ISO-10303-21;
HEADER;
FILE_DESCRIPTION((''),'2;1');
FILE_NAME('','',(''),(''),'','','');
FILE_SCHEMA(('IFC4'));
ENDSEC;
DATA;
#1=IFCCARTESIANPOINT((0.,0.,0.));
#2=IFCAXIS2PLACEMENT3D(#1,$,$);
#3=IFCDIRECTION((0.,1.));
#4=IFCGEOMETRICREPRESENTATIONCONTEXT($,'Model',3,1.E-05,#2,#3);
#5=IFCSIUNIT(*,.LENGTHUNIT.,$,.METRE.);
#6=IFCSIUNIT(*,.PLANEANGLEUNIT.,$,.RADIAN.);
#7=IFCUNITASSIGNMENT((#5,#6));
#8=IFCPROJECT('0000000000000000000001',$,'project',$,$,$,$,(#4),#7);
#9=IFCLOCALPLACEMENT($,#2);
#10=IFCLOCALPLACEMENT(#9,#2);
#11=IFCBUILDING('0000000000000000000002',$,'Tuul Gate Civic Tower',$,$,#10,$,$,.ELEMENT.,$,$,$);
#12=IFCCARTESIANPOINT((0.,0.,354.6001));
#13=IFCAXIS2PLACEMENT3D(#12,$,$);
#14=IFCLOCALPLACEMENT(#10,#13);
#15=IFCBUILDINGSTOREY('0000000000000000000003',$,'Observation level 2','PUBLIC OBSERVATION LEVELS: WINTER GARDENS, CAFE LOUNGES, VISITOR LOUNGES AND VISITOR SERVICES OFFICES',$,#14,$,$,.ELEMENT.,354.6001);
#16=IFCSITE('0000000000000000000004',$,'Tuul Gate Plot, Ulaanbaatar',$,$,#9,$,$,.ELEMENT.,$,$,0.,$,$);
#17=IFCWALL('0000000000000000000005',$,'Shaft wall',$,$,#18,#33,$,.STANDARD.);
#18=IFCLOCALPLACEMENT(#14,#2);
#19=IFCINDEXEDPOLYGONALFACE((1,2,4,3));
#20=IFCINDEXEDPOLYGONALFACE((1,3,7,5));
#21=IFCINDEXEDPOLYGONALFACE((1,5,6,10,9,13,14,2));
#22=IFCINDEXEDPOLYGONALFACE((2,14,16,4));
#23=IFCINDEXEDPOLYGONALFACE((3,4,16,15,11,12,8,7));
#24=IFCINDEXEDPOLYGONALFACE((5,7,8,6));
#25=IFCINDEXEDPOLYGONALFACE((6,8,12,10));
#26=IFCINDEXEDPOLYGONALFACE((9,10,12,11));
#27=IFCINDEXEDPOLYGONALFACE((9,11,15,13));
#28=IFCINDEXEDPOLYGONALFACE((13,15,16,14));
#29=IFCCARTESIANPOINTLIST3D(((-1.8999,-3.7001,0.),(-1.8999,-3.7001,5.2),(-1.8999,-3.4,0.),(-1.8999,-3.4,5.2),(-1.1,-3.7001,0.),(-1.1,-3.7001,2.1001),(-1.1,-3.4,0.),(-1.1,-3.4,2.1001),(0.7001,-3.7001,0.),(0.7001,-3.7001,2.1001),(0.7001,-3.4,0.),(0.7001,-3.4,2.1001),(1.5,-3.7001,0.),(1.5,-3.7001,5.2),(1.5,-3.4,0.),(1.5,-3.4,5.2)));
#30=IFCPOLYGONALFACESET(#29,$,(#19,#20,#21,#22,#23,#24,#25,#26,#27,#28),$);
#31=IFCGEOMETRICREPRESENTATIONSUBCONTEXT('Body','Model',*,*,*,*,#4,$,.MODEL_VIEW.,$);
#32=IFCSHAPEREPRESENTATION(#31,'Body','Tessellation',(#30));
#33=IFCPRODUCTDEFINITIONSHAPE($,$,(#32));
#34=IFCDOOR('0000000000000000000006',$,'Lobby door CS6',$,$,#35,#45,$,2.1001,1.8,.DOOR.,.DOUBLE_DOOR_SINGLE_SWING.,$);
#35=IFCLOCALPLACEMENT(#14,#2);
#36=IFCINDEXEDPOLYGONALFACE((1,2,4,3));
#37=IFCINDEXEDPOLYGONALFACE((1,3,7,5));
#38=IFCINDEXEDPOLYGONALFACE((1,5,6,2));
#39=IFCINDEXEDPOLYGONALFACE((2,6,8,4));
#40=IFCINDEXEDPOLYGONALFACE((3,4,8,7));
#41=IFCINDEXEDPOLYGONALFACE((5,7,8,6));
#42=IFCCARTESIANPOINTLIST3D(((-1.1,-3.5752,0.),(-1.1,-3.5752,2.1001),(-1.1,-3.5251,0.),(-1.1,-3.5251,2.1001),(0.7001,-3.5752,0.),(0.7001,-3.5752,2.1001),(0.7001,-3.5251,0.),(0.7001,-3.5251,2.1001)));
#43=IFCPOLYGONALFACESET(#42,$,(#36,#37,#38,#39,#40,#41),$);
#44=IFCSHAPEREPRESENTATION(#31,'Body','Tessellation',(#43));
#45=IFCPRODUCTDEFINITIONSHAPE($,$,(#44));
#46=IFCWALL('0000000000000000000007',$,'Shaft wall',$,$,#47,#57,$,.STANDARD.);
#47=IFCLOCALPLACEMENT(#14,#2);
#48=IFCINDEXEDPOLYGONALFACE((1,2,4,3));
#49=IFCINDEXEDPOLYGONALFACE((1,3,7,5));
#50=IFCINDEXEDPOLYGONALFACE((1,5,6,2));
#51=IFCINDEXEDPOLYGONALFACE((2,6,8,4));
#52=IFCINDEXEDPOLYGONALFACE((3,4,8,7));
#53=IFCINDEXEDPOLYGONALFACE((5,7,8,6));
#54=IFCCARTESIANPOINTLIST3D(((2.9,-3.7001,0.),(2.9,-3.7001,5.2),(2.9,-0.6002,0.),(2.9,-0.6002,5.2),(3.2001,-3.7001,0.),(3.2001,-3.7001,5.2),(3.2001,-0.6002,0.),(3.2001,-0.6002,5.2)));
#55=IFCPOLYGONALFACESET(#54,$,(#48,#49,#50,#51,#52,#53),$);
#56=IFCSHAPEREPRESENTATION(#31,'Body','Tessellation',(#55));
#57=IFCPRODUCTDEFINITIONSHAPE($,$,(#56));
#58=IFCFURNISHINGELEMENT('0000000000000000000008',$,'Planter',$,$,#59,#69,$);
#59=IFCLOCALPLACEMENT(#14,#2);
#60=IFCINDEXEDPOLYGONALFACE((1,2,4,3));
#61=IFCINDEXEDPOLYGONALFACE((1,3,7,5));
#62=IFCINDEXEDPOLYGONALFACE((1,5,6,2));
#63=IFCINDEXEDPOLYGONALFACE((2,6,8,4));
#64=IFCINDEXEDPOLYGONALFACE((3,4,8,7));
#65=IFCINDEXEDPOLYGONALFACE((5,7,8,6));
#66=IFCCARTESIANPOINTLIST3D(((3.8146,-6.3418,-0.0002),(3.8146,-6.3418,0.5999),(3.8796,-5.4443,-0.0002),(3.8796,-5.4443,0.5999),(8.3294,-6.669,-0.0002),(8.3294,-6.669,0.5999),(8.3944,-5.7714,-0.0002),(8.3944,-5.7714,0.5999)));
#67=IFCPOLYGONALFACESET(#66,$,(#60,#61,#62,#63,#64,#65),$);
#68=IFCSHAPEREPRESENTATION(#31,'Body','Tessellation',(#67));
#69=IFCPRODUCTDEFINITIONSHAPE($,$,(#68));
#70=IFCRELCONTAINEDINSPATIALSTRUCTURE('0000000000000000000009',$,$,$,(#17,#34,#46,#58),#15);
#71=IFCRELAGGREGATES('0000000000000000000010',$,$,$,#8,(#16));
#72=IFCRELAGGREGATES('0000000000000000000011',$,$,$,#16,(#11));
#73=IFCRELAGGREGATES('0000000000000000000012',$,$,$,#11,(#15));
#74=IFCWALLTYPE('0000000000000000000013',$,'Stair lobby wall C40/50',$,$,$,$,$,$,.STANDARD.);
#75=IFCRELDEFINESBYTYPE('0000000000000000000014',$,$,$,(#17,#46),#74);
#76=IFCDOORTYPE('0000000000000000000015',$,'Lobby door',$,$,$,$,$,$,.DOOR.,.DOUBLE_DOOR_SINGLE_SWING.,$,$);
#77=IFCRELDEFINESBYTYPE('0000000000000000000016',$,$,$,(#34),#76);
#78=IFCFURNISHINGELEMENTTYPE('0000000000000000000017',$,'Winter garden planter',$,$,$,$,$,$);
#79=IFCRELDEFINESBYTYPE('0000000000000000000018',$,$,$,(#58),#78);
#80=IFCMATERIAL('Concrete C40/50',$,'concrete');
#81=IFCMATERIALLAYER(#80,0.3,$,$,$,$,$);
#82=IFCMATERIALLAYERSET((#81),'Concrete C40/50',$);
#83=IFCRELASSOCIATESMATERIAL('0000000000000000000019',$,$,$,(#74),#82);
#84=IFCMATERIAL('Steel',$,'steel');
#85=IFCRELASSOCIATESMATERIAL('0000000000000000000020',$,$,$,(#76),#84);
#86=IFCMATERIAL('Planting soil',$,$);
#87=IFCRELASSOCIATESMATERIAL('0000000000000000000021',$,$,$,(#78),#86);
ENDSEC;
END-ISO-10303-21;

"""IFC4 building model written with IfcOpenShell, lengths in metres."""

from ifc_helpers import new_model, si_unit, direction, frame, frame_2d, origin, origin_2d, place, context, subcontext, project, spatial, rectangle, extrude, material, layer, layer_set, type_object, element, fill, save


model = new_model("IFC4")

# Units and contexts
model_context = context("Model", 3, precision=1e-05, world=origin(), true_north=direction((0.0, 1.0)))
body_context = subcontext(model_context, "Body", "Model", "MODEL_VIEW")
ifc_project = project(units=[si_unit("LENGTHUNIT", "METRE"), si_unit("PLANEANGLEUNIT", "RADIAN")], contexts=[model_context])

# Site, building, storey
site_placement = place(None, origin())
site = spatial("IfcSite", under=ifc_project, at=site_placement, Name="Tuul Gate Plot, Ulaanbaatar", CompositionType="ELEMENT", RefElevation=0.0)
building_placement = place(site_placement, origin())
building = spatial("IfcBuilding", under=site, at=building_placement, Name="Tuul Gate Civic Tower", CompositionType="ELEMENT")
storey_placement = place(building_placement, frame((0.0, 0.0, 354.6001)))
storey = spatial("IfcBuildingStorey", under=building, at=storey_placement, Name="Observation level 2", Description="PUBLIC OBSERVATION LEVELS: WINTER GARDENS, CAFE LOUNGES, VISITOR LOUNGES AND VISITOR SERVICES OFFICES", CompositionType="ELEMENT", Elevation=354.6001)

# Wall, opening, door
ifc_material_1 = material(Name="Concrete C40/50", Category="concrete")
ifc_layer_1 = layer(ifc_material_1, 0.3)
ifc_layer_set_1 = layer_set([ifc_layer_1], Name="Concrete C40/50")
wall_type_1 = type_object("IfcWallType", Name="Stair lobby wall C40/50", PredefinedType="STANDARD", material=ifc_layer_set_1)
wall_1_placement = place(storey_placement, frame((1.5, -3.55, 0.0), z_axis=(0.0, 0.0, 1.0), x_axis=(-1.0, 0.0, 0.0)))
wall_1 = element("IfcWall", 1, at=wall_1_placement, inside=storey, type_object=wall_type_1, Name="Shaft wall", PredefinedType="STANDARD", context=body_context, shape_type="SweptSolid", body=[
    extrude(rectangle(XDim=3.3999, YDim=0.3, at=frame_2d((1.7, 0.0))), origin(), (0.0, 0.0, 1.0), 5.2),
])
opening_1_placement = place(wall_1_placement, frame((0.8, 0.0, 0.0)))
opening_1 = element("IfcOpeningElement", 2, at=opening_1_placement, cuts=wall_1, PredefinedType="OPENING", context=body_context, shape_type="SweptSolid", body=[
    extrude(rectangle(XDim=1.8, YDim=2.1001, at=frame_2d((0.8999, 1.05))), frame((0.0, 0.1602, 0.0), z_axis=(0.0, -1.0, 0.0), x_axis=(1.0, 0.0, 0.0)), (0.0, 0.0, 1.0), 0.3201),
])
ifc_material_2 = material(Name="Steel", Category="steel")
door_type_1 = type_object("IfcDoorType", Name="Lobby door", OperationType="DOUBLE_DOOR_SINGLE_SWING", PredefinedType="DOOR", material=ifc_material_2)
door_1_placement = place(opening_1_placement, frame((1.8, 0.0, 0.0), z_axis=(0.0, 0.0, 1.0), x_axis=(-1.0, 0.0, 0.0)))
door_1 = element("IfcDoor", 3, at=door_1_placement, inside=storey, type_object=door_type_1, Name="Lobby door CS6", OperationType="DOUBLE_DOOR_SINGLE_SWING", OverallHeight=2.1001, OverallWidth=1.8, PredefinedType="DOOR", context=body_context, shape_type="SweptSolid", body=[
    extrude(rectangle(XDim=1.8, YDim=2.1001, at=frame_2d((0.9001, 1.05))), frame((0.0, 0.0249, 0.0), z_axis=(0.0, -1.0, 0.0), x_axis=(1.0, 0.0, 0.0)), (0.0, 0.0, 1.0), 0.05),
])
fill(opening_1, door_1)

# Wall
wall_2_placement = place(storey_placement, frame((3.05, -3.7, 0.0), z_axis=(0.0, 0.0, 1.0), x_axis=(0.0, 1.0, 0.0)))
element("IfcWall", 4, at=wall_2_placement, inside=storey, type_object=wall_type_1, Name="Shaft wall", PredefinedType="STANDARD", context=body_context, shape_type="SweptSolid", body=[
    extrude(rectangle(XDim=3.0999, YDim=0.3, at=frame_2d((1.5498, 0.0))), origin(), (0.0, 0.0, 1.0), 5.2),
])

# Furnishing element
ifc_material_3 = material(Name="Planting soil")
furnishing_element_type = type_object("IfcFurnishingElementType", Name="Winter garden planter", material=ifc_material_3)
furnishing_placement = place(storey_placement, frame((6.1045, -6.0566, -0.0002), z_axis=(0.0, 0.0, 1.0), x_axis=(0.997385, -0.072276, 0.0)))
element("IfcFurnishingElement", 5, at=furnishing_placement, inside=storey, type_object=furnishing_element_type, Name="Planter", context=body_context, shape_type="SweptSolid", body=[
    extrude(rectangle(XDim=4.5266, YDim=0.8999, at=origin_2d()), origin(), (0.0, 0.0, 1.0), 0.6001),
])

save(model, "model.ifc")
